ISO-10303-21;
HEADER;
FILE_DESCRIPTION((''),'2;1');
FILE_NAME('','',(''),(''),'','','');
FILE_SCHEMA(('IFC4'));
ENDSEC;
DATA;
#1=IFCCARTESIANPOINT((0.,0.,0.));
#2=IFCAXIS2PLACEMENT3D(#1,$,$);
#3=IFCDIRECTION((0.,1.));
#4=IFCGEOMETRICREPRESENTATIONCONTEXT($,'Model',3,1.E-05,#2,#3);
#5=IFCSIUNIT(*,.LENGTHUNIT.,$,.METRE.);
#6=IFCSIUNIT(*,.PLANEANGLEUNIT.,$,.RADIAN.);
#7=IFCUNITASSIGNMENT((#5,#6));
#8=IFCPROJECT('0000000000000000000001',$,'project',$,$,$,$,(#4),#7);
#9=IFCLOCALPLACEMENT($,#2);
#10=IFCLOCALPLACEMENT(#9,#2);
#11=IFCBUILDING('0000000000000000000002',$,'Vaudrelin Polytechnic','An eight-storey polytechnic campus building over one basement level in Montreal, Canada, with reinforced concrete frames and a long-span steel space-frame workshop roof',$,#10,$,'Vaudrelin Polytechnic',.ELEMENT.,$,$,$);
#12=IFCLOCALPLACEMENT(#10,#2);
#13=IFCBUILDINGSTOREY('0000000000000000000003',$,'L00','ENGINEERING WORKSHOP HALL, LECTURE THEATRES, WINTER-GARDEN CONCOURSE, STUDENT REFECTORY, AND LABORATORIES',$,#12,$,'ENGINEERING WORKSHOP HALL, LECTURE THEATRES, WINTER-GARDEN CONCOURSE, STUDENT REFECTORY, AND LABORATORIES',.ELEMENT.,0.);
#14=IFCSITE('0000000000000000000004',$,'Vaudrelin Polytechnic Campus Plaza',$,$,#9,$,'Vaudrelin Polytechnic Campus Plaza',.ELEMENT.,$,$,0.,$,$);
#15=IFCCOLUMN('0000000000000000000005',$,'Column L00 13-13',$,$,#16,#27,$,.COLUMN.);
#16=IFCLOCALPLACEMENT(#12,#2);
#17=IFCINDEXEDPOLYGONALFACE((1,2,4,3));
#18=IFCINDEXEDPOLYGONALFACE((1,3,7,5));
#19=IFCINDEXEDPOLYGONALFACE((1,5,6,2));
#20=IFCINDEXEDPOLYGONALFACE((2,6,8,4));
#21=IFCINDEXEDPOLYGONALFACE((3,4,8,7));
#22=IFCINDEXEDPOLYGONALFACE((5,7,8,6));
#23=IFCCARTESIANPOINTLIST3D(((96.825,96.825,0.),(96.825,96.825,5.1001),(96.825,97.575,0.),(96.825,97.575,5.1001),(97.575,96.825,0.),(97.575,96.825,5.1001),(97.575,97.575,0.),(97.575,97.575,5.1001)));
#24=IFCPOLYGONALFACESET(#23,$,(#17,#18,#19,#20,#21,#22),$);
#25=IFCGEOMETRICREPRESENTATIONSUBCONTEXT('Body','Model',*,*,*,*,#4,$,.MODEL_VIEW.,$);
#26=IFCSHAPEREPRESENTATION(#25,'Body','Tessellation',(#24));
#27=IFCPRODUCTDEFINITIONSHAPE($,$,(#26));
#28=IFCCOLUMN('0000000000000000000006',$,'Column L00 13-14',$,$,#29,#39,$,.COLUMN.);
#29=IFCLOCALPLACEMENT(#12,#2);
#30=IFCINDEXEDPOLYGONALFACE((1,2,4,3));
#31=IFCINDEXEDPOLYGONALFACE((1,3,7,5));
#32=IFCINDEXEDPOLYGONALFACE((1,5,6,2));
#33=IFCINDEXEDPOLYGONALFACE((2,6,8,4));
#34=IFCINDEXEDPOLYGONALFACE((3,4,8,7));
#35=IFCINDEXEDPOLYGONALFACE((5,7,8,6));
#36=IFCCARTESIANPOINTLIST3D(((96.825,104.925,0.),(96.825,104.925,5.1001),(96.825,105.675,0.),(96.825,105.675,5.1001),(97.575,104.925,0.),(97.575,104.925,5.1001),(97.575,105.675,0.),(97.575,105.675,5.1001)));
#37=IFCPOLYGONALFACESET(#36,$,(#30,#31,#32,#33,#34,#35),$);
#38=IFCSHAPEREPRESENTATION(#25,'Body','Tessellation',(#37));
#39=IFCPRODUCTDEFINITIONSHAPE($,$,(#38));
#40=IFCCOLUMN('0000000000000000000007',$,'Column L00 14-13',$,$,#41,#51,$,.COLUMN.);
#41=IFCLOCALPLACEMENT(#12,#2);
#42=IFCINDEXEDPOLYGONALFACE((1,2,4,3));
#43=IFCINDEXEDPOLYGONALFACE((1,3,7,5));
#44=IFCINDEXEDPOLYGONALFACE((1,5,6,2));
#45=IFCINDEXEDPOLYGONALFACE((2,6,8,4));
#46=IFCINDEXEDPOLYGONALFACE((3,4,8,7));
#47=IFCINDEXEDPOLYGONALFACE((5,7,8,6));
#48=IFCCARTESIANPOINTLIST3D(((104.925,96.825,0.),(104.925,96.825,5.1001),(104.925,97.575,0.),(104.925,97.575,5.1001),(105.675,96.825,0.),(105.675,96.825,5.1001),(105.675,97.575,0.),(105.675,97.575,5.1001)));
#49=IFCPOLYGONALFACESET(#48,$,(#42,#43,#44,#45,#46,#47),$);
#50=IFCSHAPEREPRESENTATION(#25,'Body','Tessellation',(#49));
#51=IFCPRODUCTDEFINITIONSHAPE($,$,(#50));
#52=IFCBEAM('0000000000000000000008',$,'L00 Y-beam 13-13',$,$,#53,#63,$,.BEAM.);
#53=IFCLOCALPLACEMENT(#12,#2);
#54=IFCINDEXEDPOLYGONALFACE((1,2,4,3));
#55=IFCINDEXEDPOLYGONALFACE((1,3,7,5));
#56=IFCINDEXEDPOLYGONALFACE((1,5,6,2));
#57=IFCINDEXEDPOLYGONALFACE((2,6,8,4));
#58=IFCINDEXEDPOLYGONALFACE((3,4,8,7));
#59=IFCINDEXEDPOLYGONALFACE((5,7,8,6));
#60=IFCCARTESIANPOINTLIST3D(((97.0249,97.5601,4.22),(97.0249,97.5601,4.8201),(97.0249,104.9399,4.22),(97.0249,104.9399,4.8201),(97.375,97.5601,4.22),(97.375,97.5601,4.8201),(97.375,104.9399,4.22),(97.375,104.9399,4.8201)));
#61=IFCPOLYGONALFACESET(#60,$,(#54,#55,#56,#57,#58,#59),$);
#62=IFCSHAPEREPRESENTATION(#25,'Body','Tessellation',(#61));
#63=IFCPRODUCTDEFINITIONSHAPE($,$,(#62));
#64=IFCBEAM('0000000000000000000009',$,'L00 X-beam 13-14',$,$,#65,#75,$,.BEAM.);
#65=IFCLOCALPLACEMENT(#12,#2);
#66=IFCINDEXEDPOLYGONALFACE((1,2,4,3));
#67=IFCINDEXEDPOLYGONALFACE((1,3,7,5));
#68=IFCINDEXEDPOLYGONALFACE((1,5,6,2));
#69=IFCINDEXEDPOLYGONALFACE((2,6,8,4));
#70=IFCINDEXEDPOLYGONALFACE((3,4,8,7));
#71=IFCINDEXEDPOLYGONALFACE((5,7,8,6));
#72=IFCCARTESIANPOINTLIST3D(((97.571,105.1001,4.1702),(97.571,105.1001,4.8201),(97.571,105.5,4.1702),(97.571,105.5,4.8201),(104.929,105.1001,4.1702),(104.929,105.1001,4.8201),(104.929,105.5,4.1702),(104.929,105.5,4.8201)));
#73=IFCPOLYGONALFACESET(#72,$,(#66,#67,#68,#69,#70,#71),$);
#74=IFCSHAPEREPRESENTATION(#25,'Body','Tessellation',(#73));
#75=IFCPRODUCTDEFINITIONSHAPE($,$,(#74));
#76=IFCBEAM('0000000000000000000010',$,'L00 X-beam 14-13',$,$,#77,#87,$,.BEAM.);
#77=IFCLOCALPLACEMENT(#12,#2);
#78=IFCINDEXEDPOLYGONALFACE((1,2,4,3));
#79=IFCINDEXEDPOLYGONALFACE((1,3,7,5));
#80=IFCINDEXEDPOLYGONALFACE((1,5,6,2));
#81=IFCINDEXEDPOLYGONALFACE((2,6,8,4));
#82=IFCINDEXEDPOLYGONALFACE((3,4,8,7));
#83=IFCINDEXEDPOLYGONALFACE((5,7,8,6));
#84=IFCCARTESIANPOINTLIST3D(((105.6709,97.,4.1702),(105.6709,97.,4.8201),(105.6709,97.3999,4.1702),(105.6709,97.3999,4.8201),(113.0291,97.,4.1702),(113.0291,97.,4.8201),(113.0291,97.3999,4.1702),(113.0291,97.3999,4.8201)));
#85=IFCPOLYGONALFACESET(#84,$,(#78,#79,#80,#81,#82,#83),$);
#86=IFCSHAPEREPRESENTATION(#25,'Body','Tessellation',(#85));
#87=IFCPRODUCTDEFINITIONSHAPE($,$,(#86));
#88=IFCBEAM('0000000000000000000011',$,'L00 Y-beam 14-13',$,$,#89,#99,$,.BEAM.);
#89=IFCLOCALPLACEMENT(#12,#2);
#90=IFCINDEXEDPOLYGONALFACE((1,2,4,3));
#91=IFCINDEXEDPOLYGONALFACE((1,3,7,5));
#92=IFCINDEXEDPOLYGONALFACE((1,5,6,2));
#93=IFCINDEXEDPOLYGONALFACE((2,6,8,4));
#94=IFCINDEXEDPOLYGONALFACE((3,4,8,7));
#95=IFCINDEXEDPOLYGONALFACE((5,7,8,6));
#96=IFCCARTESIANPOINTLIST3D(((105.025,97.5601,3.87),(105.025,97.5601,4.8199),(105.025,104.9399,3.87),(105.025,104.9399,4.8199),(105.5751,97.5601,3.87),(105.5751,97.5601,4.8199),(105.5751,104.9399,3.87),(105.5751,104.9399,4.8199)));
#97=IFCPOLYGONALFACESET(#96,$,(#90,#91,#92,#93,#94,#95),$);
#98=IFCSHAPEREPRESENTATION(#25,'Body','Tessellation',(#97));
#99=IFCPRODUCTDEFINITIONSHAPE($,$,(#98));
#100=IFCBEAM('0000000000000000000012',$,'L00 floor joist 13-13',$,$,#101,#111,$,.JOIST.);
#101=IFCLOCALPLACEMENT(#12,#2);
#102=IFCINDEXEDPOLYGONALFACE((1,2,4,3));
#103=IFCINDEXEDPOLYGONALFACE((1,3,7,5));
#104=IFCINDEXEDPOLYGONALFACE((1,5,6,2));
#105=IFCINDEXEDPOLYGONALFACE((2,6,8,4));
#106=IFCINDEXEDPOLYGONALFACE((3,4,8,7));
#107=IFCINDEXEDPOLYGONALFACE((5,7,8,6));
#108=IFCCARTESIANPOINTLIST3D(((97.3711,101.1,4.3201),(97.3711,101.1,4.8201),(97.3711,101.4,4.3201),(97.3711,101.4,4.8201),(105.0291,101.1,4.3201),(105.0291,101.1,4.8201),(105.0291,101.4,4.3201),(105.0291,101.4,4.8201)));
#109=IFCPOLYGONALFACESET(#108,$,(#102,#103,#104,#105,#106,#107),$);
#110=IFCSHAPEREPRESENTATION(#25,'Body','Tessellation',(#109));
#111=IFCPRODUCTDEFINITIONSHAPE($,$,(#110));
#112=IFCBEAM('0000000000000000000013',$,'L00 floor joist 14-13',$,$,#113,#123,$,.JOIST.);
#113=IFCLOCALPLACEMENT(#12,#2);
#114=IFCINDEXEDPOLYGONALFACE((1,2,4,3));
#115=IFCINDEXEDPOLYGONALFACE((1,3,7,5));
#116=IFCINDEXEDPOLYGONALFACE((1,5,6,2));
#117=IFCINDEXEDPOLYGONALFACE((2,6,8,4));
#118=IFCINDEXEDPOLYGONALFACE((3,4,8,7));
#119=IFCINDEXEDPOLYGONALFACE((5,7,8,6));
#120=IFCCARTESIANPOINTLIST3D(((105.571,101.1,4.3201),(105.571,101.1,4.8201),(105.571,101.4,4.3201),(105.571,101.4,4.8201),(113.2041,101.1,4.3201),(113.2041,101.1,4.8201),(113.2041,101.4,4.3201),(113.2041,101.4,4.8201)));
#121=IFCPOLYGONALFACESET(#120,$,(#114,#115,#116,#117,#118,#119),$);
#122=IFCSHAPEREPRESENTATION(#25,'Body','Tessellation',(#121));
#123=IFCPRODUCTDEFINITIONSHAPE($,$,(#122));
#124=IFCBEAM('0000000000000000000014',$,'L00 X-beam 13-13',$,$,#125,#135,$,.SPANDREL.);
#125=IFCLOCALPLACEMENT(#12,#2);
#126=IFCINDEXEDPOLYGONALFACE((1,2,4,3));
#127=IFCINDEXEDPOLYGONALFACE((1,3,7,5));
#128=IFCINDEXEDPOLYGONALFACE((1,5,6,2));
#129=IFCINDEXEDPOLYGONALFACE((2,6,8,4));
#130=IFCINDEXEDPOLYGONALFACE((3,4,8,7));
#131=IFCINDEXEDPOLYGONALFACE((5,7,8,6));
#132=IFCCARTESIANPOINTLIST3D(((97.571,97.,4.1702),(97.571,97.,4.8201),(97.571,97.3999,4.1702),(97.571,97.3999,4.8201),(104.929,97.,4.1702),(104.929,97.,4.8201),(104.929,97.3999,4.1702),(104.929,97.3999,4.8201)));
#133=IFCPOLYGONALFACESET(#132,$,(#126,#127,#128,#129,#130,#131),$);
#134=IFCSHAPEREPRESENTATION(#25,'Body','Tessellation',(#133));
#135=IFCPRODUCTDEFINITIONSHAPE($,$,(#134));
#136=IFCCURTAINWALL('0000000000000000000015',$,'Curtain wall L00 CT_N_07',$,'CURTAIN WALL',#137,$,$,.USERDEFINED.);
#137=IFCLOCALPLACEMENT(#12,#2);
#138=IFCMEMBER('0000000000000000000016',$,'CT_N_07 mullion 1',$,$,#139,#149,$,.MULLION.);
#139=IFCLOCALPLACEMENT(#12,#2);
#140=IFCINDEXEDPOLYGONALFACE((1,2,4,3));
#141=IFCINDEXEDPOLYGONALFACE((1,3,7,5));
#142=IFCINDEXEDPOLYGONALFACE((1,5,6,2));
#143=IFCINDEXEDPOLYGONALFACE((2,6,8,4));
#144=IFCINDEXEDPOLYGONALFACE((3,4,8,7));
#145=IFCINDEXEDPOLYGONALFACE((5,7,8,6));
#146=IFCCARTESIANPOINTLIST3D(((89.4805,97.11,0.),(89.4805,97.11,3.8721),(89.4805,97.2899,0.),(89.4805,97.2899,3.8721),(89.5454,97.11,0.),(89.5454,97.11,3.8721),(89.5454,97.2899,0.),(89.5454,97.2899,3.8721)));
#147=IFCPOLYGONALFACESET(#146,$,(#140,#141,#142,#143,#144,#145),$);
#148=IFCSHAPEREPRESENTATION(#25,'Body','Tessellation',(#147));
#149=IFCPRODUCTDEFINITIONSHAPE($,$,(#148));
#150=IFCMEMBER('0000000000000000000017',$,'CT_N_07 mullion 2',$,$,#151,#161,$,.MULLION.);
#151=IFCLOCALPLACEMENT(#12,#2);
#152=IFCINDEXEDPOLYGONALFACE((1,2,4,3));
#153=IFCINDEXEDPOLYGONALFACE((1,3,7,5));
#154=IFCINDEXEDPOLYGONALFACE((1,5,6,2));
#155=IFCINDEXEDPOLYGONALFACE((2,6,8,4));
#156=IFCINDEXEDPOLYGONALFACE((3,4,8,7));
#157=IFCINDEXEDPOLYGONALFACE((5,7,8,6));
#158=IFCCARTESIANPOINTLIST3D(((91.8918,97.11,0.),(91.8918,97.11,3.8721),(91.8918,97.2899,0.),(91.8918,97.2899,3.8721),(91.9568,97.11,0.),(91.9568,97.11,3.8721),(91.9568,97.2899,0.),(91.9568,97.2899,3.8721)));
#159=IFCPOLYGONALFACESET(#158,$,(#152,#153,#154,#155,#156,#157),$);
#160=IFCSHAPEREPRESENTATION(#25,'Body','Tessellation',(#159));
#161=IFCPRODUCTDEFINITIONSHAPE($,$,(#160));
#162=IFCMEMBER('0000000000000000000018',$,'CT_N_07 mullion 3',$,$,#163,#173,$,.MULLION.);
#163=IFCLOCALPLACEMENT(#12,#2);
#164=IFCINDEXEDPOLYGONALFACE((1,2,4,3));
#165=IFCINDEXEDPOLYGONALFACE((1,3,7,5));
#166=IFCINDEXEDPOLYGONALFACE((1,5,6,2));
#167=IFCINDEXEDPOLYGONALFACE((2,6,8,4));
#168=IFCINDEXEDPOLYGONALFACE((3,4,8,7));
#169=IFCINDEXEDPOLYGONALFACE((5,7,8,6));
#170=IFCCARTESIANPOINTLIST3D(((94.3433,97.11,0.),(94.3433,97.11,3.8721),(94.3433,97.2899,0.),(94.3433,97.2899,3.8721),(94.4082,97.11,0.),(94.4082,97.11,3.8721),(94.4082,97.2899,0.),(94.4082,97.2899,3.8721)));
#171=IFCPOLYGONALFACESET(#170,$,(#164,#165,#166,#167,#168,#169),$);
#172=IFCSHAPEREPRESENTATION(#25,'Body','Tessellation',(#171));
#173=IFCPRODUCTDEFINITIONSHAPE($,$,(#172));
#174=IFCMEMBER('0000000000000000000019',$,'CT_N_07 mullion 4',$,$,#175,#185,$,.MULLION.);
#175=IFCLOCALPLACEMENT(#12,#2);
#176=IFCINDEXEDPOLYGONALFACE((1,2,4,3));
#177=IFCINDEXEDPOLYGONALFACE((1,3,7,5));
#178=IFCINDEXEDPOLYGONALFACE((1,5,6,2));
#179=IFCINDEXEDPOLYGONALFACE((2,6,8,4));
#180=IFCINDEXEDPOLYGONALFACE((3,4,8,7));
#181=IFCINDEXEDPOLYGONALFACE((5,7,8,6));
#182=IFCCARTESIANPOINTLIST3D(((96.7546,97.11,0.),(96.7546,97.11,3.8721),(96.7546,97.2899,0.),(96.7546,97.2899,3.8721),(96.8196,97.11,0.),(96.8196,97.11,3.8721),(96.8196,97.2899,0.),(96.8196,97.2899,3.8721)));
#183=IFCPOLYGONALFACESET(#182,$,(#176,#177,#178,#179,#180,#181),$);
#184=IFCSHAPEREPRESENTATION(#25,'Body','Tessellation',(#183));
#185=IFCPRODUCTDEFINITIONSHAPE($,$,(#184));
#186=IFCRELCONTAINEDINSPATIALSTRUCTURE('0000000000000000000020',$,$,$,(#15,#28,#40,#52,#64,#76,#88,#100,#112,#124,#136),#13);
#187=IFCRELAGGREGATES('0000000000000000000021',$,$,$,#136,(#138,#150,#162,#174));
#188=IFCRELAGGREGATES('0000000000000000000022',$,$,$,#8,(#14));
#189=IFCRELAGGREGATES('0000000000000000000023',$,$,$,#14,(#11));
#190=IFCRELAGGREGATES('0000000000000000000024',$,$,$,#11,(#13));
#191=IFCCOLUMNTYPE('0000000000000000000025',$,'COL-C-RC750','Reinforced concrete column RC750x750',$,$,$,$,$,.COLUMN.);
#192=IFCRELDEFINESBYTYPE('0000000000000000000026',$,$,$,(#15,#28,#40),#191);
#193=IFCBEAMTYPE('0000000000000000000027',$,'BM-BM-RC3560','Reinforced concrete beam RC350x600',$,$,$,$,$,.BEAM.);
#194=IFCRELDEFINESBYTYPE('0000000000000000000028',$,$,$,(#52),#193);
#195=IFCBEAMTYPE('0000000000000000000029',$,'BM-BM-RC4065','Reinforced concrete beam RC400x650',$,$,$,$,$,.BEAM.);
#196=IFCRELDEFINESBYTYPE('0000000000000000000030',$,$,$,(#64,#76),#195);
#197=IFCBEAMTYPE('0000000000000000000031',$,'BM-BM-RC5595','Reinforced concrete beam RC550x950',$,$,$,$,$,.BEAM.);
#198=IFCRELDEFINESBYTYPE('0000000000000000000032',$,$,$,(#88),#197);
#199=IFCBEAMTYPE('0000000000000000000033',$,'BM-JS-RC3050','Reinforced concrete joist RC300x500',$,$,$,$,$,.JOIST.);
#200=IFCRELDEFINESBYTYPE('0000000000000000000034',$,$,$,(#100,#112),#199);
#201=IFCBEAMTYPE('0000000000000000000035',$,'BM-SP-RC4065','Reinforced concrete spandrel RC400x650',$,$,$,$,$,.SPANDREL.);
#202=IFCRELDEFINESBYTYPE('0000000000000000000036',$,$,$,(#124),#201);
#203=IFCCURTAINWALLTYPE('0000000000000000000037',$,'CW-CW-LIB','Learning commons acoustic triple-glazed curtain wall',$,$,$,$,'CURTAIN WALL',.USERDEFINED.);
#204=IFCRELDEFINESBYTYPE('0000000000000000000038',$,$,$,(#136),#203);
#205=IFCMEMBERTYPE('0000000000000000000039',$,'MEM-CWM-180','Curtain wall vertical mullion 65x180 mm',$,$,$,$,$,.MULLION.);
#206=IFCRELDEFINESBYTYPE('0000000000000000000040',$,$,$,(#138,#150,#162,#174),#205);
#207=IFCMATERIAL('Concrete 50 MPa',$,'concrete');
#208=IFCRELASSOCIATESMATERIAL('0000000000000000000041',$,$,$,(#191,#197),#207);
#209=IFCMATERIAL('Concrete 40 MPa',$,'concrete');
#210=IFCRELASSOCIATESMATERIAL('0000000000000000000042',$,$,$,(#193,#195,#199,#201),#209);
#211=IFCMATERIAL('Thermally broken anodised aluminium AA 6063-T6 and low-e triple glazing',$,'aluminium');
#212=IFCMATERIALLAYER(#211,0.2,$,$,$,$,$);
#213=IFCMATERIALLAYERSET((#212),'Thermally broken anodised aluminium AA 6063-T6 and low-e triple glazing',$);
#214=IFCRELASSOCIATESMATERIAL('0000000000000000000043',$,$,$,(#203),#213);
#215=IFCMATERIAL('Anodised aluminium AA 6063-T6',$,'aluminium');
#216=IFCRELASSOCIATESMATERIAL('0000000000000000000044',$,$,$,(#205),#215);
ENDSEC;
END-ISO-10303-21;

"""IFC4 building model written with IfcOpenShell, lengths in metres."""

from ifc_helpers import new_model, si_unit, direction, frame, origin, origin_2d, place, context, subcontext, project, spatial, rectangle, extrude, material, layer, layer_set, material_profile, profile_set, type_object, element, aggregate, save


model = new_model("IFC4")

# Units and contexts
model_context = context("Model", 3, precision=1e-05, world=origin(), true_north=direction((0.0, 1.0)))
body_context = subcontext(model_context, "Body", "Model", "MODEL_VIEW")
ifc_project = project(units=[si_unit("LENGTHUNIT", "METRE"), si_unit("PLANEANGLEUNIT", "RADIAN")], contexts=[model_context])

# Site, building, storey
site_placement = place(None, origin())
site = spatial("IfcSite", under=ifc_project, at=site_placement, Name="Vaudrelin Polytechnic Campus Plaza", LongName="Vaudrelin Polytechnic Campus Plaza", CompositionType="ELEMENT", RefElevation=0.0)
building_placement = place(site_placement, origin())
building = spatial("IfcBuilding", under=site, at=building_placement, Name="Vaudrelin Polytechnic", Description="An eight-storey polytechnic campus building over one basement level in Montreal, Canada, with reinforced concrete frames and a long-span steel space-frame workshop roof", LongName="Vaudrelin Polytechnic", CompositionType="ELEMENT")
storey_placement = place(building_placement, origin())
storey = spatial("IfcBuildingStorey", under=building, at=storey_placement, Name="L00", Description="ENGINEERING WORKSHOP HALL, LECTURE THEATRES, WINTER-GARDEN CONCOURSE, STUDENT REFECTORY, AND LABORATORIES", LongName="ENGINEERING WORKSHOP HALL, LECTURE THEATRES, WINTER-GARDEN CONCOURSE, STUDENT REFECTORY, AND LABORATORIES", CompositionType="ELEMENT", Elevation=0.0)

# Columns
ifc_material_1 = material(Name="Concrete 50 MPa", Category="concrete")
ifc_material_profile_1 = material_profile(ifc_material_1, rectangle(XDim=0.75, YDim=0.75, at=origin_2d()), Name="RC750x750")
ifc_profile_set_1 = profile_set([ifc_material_profile_1], Name="Concrete 50 MPa")
column_type = type_object("IfcColumnType", Name="COL-C-RC750", Description="Reinforced concrete column RC750x750", PredefinedType="COLUMN", material=ifc_profile_set_1)
for number, where, z_axis, x_axis, name in (
    (1, (97.2, 97.2, 0.0), (0.0, 0.0, 1.0), (1.0, 0.0, 0.0), "Column L00 13-13"),
    (2, (97.2, 105.3, 0.0), (0.0, 0.0, 1.0), (1.0, 0.0, 0.0), "Column L00 13-14"),
    (3, (105.3, 97.2, 0.0), (0.0, 0.0, 1.0), (1.0, 0.0, 0.0), "Column L00 14-13"),
):
    element("IfcColumn", number, at=place(storey_placement, frame(where, z_axis=z_axis, x_axis=x_axis)), inside=storey, type_object=column_type, Name=name, PredefinedType="COLUMN", context=body_context, shape_type="SweptSolid", body=[
        extrude(rectangle(XDim=0.75, YDim=0.75, at=origin_2d()), origin(), (0.0, 0.0, 1.0), 5.1001),
    ])

# Beams
ifc_material_2 = material(Name="Concrete 40 MPa", Category="concrete")
ifc_material_profile_2 = material_profile(ifc_material_2, rectangle(XDim=0.3501, YDim=0.6001, at=origin_2d()), Name="RC350x600")
ifc_profile_set_2 = profile_set([ifc_material_profile_2], Name="Concrete 40 MPa")
beam_type_1 = type_object("IfcBeamType", Name="BM-BM-RC3560", Description="Reinforced concrete beam RC350x600", PredefinedType="BEAM", material=ifc_profile_set_2)
beam_1_placement = place(storey_placement, frame((97.2, 97.5601, 4.52), z_axis=(0.0, 1.0, 0.0), x_axis=(-1.0, 0.0, 0.0)))
element("IfcBeam", 4, at=beam_1_placement, inside=storey, type_object=beam_type_1, Name="L00 Y-beam 13-13", PredefinedType="BEAM", context=body_context, shape_type="SweptSolid", body=[
    extrude(rectangle(XDim=0.3501, YDim=0.6001, at=origin_2d()), origin(), (0.0, 0.0, 1.0), 7.3799),
])
ifc_material_profile_3 = material_profile(ifc_material_2, rectangle(XDim=0.3999, YDim=0.6499, at=origin_2d()), Name="RC400x650")
ifc_profile_set_3 = profile_set([ifc_material_profile_3], Name="Concrete 40 MPa")
beam_type_2 = type_object("IfcBeamType", Name="BM-BM-RC4065", Description="Reinforced concrete beam RC400x650", PredefinedType="BEAM", material=ifc_profile_set_3)
beam_2_placement = place(storey_placement, frame((97.571, 105.3, 4.4951), z_axis=(1.0, 0.0, 0.0), x_axis=(0.0, 1.0, 0.0)))
element("IfcBeam", 5, at=beam_2_placement, inside=storey, type_object=beam_type_2, Name="L00 X-beam 13-14", PredefinedType="BEAM", context=body_context, shape_type="SweptSolid", body=[
    extrude(rectangle(XDim=0.3999, YDim=0.6499, at=origin_2d()), origin(), (0.0, 0.0, 1.0), 7.3579),
])
beam_3_placement = place(storey_placement, frame((105.6709, 97.2, 4.4951), z_axis=(1.0, 0.0, 0.0), x_axis=(0.0, 1.0, 0.0)))
element("IfcBeam", 6, at=beam_3_placement, inside=storey, type_object=beam_type_2, Name="L00 X-beam 14-13", PredefinedType="BEAM", context=body_context, shape_type="SweptSolid", body=[
    extrude(rectangle(XDim=0.3999, YDim=0.6499, at=origin_2d()), origin(), (0.0, 0.0, 1.0), 7.3582),
])
ifc_material_profile_4 = material_profile(ifc_material_1, rectangle(XDim=0.55, YDim=0.95, at=origin_2d()), Name="RC550x950")
ifc_profile_set_4 = profile_set([ifc_material_profile_4], Name="Concrete 50 MPa")
beam_type_3 = type_object("IfcBeamType", Name="BM-BM-RC5595", Description="Reinforced concrete beam RC550x950", PredefinedType="BEAM", material=ifc_profile_set_4)
beam_4_placement = place(storey_placement, frame((105.3, 97.5601, 4.345), z_axis=(0.0, 1.0, 0.0), x_axis=(-1.0, 0.0, 0.0)))
element("IfcBeam", 7, at=beam_4_placement, inside=storey, type_object=beam_type_3, Name="L00 Y-beam 14-13", PredefinedType="BEAM", context=body_context, shape_type="SweptSolid", body=[
    extrude(rectangle(XDim=0.55, YDim=0.95, at=origin_2d()), origin(), (0.0, 0.0, 1.0), 7.3799),
])
ifc_material_profile_5 = material_profile(ifc_material_2, rectangle(XDim=0.3, YDim=0.5, at=origin_2d()), Name="RC300x500")
ifc_profile_set_5 = profile_set([ifc_material_profile_5], Name="Concrete 40 MPa")
beam_type_4 = type_object("IfcBeamType", Name="BM-JS-RC3050", Description="Reinforced concrete joist RC300x500", PredefinedType="JOIST", material=ifc_profile_set_5)
beam_5_placement = place(storey_placement, frame((97.3711, 101.25, 4.5701), z_axis=(1.0, 0.0, 0.0), x_axis=(0.0, 1.0, 0.0)))
element("IfcBeam", 8, at=beam_5_placement, inside=storey, type_object=beam_type_4, Name="L00 floor joist 13-13", PredefinedType="JOIST", context=body_context, shape_type="SweptSolid", body=[
    extrude(rectangle(XDim=0.3, YDim=0.5, at=origin_2d()), origin(), (0.0, 0.0, 1.0), 7.658),
])
beam_6_placement = place(storey_placement, frame((105.571, 101.25, 4.5701), z_axis=(1.0, 0.0, 0.0), x_axis=(0.0, 1.0, 0.0)))
element("IfcBeam", 9, at=beam_6_placement, inside=storey, type_object=beam_type_4, Name="L00 floor joist 14-13", PredefinedType="JOIST", context=body_context, shape_type="SweptSolid", body=[
    extrude(rectangle(XDim=0.3, YDim=0.5, at=origin_2d()), origin(), (0.0, 0.0, 1.0), 7.6331),
])
ifc_material_profile_6 = material_profile(ifc_material_2, rectangle(XDim=0.3999, YDim=0.6499, at=origin_2d()), Name="RC400x650")
ifc_profile_set_6 = profile_set([ifc_material_profile_6], Name="Concrete 40 MPa")
beam_type_5 = type_object("IfcBeamType", Name="BM-SP-RC4065", Description="Reinforced concrete spandrel RC400x650", PredefinedType="SPANDREL", material=ifc_profile_set_6)
beam_7_placement = place(storey_placement, frame((97.571, 97.2, 4.4951), z_axis=(1.0, 0.0, 0.0), x_axis=(0.0, 1.0, 0.0)))
element("IfcBeam", 10, at=beam_7_placement, inside=storey, type_object=beam_type_5, Name="L00 X-beam 13-13", PredefinedType="SPANDREL", context=body_context, shape_type="SweptSolid", body=[
    extrude(rectangle(XDim=0.3999, YDim=0.6499, at=origin_2d()), origin(), (0.0, 0.0, 1.0), 7.3579),
])

# Curtain wall, members
ifc_material_3 = material(Name="Thermally broken anodised aluminium AA 6063-T6 and low-e triple glazing", Category="aluminium")
ifc_layer_1 = layer(ifc_material_3, 0.2)
ifc_layer_set_1 = layer_set([ifc_layer_1], Name="Thermally broken anodised aluminium AA 6063-T6 and low-e triple glazing")
curtain_wall_type = type_object("IfcCurtainWallType", Name="CW-CW-LIB", Description="Learning commons acoustic triple-glazed curtain wall", ElementType="CURTAIN WALL", PredefinedType="USERDEFINED", material=ifc_layer_set_1)
curtain_wall_1_placement = place(storey_placement, origin())
curtain_wall_1 = element("IfcCurtainWall", 11, at=curtain_wall_1_placement, inside=storey, type_object=curtain_wall_type, Name="Curtain wall L00 CT_N_07", ObjectType="CURTAIN WALL", PredefinedType="USERDEFINED")
ifc_material_4 = material(Name="Anodised aluminium AA 6063-T6", Category="aluminium")
ifc_material_profile_7 = material_profile(ifc_material_4, rectangle(XDim=0.0649, YDim=0.1799, at=origin_2d()), Name="CWM-65x180")
ifc_profile_set_7 = profile_set([ifc_material_profile_7], Name="Anodised aluminium AA 6063-T6")
member_type_1 = type_object("IfcMemberType", Name="MEM-CWM-180", Description="Curtain wall vertical mullion 65x180 mm", PredefinedType="MULLION", material=ifc_profile_set_7)
member_1_placement = place(storey_placement, frame((89.5129, 97.2, 0.0), z_axis=(0.0, 0.0, 1.0), x_axis=(1.0, 0.0, 0.0)))
member_1 = element("IfcMember", 12, at=member_1_placement, type_object=member_type_1, Name="CT_N_07 mullion 1", PredefinedType="MULLION", context=body_context, shape_type="SweptSolid", body=[
    extrude(rectangle(XDim=0.0649, YDim=0.1799, at=origin_2d()), origin(), (0.0, 0.0, 1.0), 3.8721),
])
member_2_placement = place(storey_placement, frame((91.9243, 97.2, 0.0), z_axis=(0.0, 0.0, 1.0), x_axis=(1.0, 0.0, 0.0)))
member_2 = element("IfcMember", 13, at=member_2_placement, type_object=member_type_1, Name="CT_N_07 mullion 2", PredefinedType="MULLION", context=body_context, shape_type="SweptSolid", body=[
    extrude(rectangle(XDim=0.0649, YDim=0.1799, at=origin_2d()), origin(), (0.0, 0.0, 1.0), 3.8721),
])
member_3_placement = place(storey_placement, frame((94.3757, 97.2, 0.0), z_axis=(0.0, 0.0, 1.0), x_axis=(1.0, 0.0, 0.0)))
member_3 = element("IfcMember", 14, at=member_3_placement, type_object=member_type_1, Name="CT_N_07 mullion 3", PredefinedType="MULLION", context=body_context, shape_type="SweptSolid", body=[
    extrude(rectangle(XDim=0.0649, YDim=0.1799, at=origin_2d()), origin(), (0.0, 0.0, 1.0), 3.8721),
])
member_4_placement = place(storey_placement, frame((96.7871, 97.2, 0.0), z_axis=(0.0, 0.0, 1.0), x_axis=(1.0, 0.0, 0.0)))
member_4 = element("IfcMember", 15, at=member_4_placement, type_object=member_type_1, Name="CT_N_07 mullion 4", PredefinedType="MULLION", context=body_context, shape_type="SweptSolid", body=[
    extrude(rectangle(XDim=0.0649, YDim=0.1799, at=origin_2d()), origin(), (0.0, 0.0, 1.0), 3.8721),
])

aggregate(curtain_wall_1, [member_1, member_2, member_3, member_4])

save(model, "model.ifc")
